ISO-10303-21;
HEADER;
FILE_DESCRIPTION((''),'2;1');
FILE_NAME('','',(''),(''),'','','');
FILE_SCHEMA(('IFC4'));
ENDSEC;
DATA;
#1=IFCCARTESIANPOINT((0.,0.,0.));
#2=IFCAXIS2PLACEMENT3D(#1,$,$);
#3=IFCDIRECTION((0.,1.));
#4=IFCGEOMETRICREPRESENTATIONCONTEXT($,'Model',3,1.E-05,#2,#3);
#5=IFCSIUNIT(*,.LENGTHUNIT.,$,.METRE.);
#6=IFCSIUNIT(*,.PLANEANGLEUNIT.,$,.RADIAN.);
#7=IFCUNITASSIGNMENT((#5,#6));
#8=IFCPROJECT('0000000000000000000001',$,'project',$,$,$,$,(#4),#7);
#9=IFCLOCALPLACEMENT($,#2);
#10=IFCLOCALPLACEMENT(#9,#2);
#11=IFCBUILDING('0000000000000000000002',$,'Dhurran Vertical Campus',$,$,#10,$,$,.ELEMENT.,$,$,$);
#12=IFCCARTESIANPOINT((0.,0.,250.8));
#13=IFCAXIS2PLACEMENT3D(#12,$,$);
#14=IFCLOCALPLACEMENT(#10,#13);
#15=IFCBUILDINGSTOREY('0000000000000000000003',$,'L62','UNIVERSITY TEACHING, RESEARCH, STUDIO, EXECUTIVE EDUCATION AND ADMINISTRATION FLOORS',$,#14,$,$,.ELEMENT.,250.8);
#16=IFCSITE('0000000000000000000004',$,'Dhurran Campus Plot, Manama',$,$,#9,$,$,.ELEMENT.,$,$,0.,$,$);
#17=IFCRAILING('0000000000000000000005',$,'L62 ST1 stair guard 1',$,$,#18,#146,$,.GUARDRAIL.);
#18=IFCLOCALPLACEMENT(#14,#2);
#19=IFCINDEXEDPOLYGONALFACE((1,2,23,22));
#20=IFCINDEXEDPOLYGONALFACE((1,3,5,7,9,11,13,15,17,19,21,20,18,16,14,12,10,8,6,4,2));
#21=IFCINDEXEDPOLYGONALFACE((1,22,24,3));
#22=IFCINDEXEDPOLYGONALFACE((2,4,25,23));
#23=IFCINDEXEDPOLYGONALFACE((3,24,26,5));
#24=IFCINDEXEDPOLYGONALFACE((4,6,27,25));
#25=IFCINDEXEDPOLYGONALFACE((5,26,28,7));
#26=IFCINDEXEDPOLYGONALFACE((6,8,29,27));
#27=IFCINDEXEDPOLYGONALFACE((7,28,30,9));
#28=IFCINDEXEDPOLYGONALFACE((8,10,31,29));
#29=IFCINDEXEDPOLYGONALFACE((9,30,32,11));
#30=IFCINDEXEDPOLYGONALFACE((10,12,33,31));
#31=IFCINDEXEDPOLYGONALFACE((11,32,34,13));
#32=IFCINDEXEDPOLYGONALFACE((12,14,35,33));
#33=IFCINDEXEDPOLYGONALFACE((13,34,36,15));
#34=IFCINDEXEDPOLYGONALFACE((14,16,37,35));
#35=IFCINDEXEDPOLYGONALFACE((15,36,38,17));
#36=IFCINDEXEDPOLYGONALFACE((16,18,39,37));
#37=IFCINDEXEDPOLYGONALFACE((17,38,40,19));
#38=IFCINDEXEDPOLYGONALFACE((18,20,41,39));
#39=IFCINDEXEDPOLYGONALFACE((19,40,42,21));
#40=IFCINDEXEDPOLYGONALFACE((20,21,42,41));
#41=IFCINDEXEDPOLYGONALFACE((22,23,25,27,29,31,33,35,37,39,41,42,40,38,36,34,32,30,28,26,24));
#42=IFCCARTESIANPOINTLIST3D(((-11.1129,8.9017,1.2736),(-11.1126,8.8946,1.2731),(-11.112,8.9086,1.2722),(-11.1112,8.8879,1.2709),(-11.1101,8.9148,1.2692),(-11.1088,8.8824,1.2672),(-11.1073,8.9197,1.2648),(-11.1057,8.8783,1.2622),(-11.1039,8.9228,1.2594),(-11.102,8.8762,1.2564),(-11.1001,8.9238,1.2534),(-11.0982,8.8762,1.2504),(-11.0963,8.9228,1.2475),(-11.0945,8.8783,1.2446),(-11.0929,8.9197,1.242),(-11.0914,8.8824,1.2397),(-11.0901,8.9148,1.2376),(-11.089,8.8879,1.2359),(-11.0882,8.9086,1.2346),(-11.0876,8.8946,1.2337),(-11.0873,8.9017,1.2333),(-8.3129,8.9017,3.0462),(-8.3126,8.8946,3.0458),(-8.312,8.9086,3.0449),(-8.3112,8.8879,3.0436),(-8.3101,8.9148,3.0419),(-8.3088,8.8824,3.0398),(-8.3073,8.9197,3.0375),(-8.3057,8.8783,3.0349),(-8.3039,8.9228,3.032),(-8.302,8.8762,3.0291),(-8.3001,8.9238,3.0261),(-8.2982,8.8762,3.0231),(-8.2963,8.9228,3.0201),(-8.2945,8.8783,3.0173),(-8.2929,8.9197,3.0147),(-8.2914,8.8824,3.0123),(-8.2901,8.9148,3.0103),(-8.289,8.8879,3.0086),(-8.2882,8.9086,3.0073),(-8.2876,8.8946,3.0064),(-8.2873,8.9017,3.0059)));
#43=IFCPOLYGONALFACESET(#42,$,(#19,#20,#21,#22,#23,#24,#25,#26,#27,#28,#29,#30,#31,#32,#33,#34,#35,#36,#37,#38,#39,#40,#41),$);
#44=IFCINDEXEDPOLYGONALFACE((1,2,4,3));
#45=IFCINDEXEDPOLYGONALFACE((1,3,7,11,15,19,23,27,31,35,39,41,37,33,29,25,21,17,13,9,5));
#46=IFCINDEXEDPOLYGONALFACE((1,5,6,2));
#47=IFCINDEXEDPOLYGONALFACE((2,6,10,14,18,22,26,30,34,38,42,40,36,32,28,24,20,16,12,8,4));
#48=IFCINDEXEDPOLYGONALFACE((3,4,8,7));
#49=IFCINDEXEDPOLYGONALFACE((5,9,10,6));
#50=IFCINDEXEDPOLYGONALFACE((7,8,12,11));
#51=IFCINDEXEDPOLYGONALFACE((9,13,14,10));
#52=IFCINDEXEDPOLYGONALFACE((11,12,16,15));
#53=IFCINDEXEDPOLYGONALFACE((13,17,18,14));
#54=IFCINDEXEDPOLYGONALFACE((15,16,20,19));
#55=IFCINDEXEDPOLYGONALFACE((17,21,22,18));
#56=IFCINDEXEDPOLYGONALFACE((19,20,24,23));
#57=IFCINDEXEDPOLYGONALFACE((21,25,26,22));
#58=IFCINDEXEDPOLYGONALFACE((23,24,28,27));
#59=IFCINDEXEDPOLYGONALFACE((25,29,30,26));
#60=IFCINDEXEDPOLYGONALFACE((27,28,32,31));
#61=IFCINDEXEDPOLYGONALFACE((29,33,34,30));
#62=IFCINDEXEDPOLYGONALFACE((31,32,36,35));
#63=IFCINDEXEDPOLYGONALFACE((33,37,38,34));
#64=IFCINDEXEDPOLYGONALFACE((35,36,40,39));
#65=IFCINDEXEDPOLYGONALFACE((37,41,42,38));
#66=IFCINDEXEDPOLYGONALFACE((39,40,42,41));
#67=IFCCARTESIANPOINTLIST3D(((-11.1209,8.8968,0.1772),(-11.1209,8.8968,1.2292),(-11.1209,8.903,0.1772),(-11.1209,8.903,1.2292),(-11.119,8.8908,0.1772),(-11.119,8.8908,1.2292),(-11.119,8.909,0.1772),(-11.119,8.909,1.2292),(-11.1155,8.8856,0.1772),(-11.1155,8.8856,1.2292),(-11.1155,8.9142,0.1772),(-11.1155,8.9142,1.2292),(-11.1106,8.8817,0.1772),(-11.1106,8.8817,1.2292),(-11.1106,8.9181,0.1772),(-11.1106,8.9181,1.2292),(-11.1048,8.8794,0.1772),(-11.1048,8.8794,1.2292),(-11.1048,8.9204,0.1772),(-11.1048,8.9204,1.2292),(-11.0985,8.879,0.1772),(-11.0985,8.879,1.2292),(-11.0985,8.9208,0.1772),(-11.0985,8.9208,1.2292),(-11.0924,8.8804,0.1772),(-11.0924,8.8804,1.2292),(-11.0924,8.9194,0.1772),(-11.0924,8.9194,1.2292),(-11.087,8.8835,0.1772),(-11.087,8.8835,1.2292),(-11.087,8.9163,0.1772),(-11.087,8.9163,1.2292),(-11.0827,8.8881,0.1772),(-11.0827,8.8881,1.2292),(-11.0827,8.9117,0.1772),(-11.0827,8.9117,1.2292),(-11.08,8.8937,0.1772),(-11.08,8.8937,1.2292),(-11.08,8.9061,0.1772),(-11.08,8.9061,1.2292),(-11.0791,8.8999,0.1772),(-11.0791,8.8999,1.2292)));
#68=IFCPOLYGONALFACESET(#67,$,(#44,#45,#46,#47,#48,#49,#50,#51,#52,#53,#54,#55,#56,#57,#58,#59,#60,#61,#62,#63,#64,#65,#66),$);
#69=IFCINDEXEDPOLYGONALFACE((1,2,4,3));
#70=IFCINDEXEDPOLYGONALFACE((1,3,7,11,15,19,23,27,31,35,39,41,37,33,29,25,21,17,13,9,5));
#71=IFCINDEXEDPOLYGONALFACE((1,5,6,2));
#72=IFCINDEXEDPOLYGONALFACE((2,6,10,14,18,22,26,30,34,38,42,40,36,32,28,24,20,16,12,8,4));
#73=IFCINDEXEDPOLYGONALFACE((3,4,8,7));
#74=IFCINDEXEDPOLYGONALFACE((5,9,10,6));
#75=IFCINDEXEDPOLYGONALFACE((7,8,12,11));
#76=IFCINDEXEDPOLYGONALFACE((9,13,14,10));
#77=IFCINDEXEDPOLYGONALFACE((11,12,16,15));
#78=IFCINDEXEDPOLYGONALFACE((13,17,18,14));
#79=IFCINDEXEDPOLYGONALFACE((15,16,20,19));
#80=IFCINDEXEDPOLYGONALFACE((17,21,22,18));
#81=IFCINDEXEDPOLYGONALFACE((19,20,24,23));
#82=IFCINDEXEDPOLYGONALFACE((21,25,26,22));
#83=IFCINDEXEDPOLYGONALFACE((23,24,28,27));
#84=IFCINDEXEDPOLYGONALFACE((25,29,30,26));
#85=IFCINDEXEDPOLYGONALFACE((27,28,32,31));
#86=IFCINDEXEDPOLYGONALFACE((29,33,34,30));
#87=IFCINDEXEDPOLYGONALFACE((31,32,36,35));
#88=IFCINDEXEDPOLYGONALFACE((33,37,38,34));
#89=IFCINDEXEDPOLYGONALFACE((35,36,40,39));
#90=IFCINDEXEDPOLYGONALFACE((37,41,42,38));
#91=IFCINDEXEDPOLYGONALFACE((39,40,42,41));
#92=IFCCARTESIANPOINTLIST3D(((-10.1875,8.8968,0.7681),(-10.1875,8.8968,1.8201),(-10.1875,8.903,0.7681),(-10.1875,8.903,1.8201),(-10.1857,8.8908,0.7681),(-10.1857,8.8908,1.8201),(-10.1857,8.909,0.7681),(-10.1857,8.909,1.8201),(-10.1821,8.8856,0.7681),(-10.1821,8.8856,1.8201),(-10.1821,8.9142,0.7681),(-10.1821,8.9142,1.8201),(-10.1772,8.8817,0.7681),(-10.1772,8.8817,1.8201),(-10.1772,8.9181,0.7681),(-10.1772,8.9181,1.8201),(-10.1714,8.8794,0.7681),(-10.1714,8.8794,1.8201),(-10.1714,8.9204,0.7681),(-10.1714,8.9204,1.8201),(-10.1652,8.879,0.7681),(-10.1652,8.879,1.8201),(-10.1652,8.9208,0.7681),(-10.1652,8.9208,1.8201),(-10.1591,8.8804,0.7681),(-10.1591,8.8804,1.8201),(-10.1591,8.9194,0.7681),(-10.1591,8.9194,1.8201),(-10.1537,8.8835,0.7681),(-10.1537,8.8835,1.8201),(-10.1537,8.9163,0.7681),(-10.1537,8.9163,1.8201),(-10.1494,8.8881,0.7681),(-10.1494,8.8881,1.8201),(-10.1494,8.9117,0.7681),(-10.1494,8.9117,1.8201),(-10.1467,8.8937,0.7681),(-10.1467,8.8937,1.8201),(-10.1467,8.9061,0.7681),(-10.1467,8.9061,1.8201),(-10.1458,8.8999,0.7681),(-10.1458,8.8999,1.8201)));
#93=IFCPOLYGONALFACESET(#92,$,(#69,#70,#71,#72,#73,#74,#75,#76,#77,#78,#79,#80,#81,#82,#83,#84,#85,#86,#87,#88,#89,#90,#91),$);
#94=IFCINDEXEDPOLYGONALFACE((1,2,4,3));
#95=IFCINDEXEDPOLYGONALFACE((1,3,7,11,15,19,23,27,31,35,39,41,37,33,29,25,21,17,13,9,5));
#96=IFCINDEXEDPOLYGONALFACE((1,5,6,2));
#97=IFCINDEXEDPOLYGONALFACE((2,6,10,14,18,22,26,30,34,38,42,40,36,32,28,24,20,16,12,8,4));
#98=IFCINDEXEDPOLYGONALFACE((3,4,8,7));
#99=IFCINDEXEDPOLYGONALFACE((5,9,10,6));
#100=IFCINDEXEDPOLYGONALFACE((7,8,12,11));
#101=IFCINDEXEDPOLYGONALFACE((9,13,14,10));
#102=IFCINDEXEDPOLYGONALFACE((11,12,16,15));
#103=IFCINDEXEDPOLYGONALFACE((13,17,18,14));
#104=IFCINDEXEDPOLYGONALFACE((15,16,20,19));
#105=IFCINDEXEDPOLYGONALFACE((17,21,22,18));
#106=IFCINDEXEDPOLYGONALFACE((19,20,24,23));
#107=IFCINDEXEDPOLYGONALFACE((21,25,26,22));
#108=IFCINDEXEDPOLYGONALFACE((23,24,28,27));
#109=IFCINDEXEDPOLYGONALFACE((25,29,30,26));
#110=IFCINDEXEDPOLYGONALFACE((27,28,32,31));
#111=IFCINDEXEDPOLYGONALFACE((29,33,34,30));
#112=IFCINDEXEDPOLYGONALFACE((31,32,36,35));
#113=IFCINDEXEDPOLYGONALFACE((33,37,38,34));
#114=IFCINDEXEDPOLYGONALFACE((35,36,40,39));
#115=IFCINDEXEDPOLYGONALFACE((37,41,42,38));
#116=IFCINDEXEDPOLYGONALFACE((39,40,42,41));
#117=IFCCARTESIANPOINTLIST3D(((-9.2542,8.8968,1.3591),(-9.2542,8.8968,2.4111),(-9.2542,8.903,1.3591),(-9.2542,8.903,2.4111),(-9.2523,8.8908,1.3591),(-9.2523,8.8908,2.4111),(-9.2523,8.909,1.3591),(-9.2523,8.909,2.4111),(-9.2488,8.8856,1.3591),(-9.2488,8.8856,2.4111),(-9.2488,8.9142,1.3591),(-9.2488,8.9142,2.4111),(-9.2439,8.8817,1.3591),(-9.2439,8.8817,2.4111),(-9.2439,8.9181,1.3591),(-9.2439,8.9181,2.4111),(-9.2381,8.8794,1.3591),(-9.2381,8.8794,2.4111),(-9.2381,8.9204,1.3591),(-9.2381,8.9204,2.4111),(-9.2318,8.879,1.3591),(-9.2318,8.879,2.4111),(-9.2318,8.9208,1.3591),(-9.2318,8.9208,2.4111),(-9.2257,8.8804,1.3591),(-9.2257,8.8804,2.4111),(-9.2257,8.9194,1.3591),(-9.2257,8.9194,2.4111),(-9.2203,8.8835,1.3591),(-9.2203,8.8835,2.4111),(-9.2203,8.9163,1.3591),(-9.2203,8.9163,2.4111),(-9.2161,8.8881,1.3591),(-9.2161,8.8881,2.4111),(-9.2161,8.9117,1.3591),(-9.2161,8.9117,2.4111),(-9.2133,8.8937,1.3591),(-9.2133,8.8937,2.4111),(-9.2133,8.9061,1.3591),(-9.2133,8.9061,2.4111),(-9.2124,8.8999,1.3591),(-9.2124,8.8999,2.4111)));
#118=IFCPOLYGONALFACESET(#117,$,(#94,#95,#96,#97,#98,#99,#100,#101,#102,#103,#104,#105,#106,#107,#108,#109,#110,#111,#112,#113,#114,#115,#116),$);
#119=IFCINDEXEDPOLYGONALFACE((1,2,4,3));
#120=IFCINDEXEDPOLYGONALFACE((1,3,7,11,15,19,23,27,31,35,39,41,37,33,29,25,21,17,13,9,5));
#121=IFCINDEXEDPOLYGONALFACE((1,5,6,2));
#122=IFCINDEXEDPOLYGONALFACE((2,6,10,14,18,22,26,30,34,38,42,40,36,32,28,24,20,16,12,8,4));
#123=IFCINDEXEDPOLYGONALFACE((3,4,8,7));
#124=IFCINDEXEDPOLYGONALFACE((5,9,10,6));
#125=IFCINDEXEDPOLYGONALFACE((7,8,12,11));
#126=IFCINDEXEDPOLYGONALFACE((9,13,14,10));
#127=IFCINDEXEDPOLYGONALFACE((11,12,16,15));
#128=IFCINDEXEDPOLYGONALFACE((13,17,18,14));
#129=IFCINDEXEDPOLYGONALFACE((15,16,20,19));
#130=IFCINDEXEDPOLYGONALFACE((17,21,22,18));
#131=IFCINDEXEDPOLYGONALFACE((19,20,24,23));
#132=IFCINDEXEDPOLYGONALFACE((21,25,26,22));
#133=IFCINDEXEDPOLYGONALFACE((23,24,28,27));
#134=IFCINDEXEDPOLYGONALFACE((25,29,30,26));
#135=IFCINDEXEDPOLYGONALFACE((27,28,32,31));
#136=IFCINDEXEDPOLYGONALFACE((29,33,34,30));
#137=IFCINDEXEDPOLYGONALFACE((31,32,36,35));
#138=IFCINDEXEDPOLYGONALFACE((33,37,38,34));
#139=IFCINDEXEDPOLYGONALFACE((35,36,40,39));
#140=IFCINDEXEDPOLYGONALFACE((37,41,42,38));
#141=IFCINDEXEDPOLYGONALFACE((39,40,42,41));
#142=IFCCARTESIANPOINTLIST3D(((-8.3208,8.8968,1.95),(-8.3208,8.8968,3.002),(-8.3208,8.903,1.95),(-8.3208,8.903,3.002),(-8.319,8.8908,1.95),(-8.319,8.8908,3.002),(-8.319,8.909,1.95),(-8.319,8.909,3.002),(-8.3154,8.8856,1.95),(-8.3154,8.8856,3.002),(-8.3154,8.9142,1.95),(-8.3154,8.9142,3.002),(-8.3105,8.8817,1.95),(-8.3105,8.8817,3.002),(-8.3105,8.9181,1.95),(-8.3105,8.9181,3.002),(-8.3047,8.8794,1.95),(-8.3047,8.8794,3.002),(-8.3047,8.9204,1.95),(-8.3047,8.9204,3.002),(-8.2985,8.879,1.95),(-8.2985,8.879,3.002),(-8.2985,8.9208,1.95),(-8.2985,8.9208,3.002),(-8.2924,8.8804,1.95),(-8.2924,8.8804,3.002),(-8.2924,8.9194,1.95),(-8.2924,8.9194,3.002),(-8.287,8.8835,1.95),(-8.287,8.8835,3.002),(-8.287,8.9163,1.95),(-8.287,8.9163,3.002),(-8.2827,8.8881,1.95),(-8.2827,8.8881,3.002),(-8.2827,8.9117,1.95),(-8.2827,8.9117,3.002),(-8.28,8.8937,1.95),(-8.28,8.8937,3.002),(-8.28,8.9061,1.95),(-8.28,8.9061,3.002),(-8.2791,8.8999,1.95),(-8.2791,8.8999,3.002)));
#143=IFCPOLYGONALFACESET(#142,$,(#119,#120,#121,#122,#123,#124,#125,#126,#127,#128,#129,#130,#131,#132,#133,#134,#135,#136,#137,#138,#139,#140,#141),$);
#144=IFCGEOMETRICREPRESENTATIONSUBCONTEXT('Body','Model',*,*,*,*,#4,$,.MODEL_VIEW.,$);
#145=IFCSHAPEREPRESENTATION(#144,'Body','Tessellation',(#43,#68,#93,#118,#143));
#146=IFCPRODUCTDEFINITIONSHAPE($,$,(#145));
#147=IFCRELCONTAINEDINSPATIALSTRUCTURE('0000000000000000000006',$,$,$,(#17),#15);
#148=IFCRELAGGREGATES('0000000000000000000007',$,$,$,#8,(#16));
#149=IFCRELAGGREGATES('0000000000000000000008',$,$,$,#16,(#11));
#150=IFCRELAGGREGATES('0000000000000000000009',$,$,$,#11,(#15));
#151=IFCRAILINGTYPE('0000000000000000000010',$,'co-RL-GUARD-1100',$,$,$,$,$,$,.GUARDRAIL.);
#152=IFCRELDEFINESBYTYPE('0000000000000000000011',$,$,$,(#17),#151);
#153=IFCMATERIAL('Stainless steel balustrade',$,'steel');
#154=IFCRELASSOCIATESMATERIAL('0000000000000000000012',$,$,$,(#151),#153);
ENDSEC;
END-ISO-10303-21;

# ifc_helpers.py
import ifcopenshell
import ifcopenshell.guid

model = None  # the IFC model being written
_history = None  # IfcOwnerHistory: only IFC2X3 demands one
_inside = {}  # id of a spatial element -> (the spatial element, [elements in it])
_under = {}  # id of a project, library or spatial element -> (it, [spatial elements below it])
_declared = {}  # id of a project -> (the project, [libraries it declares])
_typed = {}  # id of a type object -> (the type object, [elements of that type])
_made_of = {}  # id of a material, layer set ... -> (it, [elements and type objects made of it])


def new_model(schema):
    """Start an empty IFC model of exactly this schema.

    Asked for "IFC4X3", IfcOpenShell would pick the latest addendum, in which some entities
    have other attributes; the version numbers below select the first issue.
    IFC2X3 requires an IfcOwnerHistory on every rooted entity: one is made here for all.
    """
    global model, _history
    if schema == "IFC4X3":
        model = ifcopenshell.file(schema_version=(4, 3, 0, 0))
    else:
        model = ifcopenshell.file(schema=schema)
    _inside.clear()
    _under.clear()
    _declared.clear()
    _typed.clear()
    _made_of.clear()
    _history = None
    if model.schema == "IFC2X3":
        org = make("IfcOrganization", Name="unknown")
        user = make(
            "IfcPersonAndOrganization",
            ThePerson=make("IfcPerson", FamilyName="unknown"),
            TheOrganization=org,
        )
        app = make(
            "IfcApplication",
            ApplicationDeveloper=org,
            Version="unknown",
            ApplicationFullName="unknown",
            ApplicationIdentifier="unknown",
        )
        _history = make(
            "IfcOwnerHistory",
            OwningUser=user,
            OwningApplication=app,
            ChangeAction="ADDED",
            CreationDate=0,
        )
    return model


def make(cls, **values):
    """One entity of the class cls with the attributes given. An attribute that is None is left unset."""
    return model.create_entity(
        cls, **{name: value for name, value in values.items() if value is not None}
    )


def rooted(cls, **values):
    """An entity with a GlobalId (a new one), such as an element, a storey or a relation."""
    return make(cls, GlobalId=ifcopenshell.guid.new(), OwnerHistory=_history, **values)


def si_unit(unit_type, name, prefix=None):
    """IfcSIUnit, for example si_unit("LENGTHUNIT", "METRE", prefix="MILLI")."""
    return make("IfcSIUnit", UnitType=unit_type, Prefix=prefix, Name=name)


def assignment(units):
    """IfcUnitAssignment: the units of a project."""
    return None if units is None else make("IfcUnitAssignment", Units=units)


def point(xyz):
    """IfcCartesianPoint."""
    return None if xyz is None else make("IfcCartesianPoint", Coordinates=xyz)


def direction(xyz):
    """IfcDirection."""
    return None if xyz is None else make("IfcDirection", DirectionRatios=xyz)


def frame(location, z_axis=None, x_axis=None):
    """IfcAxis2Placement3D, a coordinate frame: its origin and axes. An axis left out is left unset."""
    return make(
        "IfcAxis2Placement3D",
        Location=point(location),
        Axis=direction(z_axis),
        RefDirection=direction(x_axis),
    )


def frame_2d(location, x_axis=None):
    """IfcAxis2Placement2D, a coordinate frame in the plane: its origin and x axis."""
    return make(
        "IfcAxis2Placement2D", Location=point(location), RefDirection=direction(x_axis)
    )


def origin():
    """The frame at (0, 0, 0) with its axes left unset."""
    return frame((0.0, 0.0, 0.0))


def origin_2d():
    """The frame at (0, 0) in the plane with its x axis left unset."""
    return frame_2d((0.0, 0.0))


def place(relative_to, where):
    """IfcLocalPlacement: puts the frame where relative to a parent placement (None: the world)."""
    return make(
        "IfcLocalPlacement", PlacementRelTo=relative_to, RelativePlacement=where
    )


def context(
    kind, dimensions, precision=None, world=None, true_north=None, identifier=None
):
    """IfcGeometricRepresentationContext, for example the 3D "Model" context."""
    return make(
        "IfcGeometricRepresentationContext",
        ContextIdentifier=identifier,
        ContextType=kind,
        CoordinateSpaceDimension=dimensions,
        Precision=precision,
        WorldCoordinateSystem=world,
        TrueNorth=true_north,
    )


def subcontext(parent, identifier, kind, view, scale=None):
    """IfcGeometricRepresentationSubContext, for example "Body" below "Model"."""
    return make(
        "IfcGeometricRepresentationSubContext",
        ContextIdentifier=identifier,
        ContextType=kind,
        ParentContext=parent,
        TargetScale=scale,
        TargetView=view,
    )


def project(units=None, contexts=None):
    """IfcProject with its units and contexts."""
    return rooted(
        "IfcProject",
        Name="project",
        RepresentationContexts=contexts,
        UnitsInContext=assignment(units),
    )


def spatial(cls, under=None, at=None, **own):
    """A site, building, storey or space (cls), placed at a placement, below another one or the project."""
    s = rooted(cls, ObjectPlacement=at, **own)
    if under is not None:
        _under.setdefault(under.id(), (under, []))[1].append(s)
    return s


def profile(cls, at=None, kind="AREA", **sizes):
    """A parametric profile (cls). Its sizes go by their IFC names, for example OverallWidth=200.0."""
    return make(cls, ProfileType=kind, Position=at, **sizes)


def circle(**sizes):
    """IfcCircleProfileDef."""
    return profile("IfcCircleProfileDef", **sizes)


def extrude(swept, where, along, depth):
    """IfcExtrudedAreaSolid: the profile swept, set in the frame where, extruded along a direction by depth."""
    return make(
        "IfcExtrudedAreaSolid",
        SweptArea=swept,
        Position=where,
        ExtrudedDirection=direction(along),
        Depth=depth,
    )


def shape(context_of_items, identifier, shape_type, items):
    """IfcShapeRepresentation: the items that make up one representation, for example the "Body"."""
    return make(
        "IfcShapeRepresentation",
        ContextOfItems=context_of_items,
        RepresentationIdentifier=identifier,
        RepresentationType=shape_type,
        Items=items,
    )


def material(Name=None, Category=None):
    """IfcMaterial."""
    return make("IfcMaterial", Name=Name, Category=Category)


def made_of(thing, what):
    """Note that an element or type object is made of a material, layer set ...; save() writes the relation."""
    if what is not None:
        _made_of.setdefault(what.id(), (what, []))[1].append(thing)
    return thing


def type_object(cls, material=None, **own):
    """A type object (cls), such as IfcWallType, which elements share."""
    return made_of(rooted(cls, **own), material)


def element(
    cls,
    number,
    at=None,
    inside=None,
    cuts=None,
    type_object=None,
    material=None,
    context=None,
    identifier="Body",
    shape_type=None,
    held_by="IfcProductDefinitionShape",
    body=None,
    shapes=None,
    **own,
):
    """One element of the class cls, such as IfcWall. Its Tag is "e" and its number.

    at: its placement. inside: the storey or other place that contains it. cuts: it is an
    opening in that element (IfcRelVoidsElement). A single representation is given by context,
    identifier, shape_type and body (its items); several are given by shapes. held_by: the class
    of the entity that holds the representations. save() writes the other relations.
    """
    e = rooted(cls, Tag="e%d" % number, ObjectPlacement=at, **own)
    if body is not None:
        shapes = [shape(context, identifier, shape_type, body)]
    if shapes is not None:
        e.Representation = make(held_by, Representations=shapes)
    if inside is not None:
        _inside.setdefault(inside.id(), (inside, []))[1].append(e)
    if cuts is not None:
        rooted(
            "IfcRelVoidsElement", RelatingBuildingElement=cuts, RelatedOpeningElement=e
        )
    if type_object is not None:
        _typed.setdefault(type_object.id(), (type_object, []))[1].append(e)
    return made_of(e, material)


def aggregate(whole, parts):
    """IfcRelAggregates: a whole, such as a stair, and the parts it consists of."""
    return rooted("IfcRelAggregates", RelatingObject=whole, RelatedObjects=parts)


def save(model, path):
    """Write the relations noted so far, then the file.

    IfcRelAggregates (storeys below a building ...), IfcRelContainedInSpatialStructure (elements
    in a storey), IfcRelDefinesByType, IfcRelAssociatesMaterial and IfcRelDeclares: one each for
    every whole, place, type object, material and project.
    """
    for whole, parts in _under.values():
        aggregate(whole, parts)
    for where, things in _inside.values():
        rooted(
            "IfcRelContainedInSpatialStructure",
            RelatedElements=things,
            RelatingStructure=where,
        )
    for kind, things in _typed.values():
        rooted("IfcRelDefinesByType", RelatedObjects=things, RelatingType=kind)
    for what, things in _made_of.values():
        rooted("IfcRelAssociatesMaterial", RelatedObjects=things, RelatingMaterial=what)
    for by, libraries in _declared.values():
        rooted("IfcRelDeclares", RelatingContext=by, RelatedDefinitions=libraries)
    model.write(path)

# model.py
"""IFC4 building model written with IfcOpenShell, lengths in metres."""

from ifc_helpers import new_model, si_unit, direction, frame, origin, origin_2d, place, context, subcontext, project, spatial, circle, extrude, material, type_object, element, save


model = new_model("IFC4")

# Units and contexts
model_context = context("Model", 3, precision=1e-05, world=origin(), true_north=direction((0.0, 1.0)))
body_context = subcontext(model_context, "Body", "Model", "MODEL_VIEW")
ifc_project = project(units=[si_unit("LENGTHUNIT", "METRE"), si_unit("PLANEANGLEUNIT", "RADIAN")], contexts=[model_context])

# Site, building, storey
site_placement = place(None, origin())
site = spatial("IfcSite", under=ifc_project, at=site_placement, Name="Dhurran Campus Plot, Manama", CompositionType="ELEMENT", RefElevation=0.0)
building_placement = place(site_placement, origin())
building = spatial("IfcBuilding", under=site, at=building_placement, Name="Dhurran Vertical Campus", CompositionType="ELEMENT")
storey_placement = place(building_placement, frame((0.0, 0.0, 250.8)))
storey = spatial("IfcBuildingStorey", under=building, at=storey_placement, Name="L62", Description="UNIVERSITY TEACHING, RESEARCH, STUDIO, EXECUTIVE EDUCATION AND ADMINISTRATION FLOORS", CompositionType="ELEMENT", Elevation=250.8)

# Railing
ifc_material_1 = material(Name="Stainless steel balustrade", Category="steel")
railing_type_1 = type_object("IfcRailingType", Name="co-RL-GUARD-1100", PredefinedType="GUARDRAIL", material=ifc_material_1)
railing_1_placement = place(storey_placement, frame((-11.1001, 8.8999, 0.1772)))
element("IfcRailing", 1, at=railing_1_placement, inside=storey, type_object=railing_type_1, Name="L62 ST1 stair guard 1", PredefinedType="GUARDRAIL", context=body_context, shape_type="SweptSolid", body=[
    extrude(circle(Radius=0.0239, at=origin_2d()), frame((0.0, 0.0, 1.0762), z_axis=(0.844909, 0.0, 0.53491), x_axis=(0.0, 1.0, 0.0)), (0.0, 0.0, 1.0), 3.314),
    extrude(circle(Radius=0.021, at=origin_2d()), origin(), (0.0, 0.0, 1.0), 1.052),
    extrude(circle(Radius=0.021, at=origin_2d()), frame((0.9333, 0.0, 0.5908)), (0.0, 0.0, 1.0), 1.052),
    extrude(circle(Radius=0.021, at=origin_2d()), frame((1.8667, 0.0, 1.1819)), (0.0, 0.0, 1.0), 1.052),
    extrude(circle(Radius=0.021, at=origin_2d()), frame((2.8, 0.0, 1.7727)), (0.0, 0.0, 1.0), 1.052),
])

save(model, "model.ifc")
